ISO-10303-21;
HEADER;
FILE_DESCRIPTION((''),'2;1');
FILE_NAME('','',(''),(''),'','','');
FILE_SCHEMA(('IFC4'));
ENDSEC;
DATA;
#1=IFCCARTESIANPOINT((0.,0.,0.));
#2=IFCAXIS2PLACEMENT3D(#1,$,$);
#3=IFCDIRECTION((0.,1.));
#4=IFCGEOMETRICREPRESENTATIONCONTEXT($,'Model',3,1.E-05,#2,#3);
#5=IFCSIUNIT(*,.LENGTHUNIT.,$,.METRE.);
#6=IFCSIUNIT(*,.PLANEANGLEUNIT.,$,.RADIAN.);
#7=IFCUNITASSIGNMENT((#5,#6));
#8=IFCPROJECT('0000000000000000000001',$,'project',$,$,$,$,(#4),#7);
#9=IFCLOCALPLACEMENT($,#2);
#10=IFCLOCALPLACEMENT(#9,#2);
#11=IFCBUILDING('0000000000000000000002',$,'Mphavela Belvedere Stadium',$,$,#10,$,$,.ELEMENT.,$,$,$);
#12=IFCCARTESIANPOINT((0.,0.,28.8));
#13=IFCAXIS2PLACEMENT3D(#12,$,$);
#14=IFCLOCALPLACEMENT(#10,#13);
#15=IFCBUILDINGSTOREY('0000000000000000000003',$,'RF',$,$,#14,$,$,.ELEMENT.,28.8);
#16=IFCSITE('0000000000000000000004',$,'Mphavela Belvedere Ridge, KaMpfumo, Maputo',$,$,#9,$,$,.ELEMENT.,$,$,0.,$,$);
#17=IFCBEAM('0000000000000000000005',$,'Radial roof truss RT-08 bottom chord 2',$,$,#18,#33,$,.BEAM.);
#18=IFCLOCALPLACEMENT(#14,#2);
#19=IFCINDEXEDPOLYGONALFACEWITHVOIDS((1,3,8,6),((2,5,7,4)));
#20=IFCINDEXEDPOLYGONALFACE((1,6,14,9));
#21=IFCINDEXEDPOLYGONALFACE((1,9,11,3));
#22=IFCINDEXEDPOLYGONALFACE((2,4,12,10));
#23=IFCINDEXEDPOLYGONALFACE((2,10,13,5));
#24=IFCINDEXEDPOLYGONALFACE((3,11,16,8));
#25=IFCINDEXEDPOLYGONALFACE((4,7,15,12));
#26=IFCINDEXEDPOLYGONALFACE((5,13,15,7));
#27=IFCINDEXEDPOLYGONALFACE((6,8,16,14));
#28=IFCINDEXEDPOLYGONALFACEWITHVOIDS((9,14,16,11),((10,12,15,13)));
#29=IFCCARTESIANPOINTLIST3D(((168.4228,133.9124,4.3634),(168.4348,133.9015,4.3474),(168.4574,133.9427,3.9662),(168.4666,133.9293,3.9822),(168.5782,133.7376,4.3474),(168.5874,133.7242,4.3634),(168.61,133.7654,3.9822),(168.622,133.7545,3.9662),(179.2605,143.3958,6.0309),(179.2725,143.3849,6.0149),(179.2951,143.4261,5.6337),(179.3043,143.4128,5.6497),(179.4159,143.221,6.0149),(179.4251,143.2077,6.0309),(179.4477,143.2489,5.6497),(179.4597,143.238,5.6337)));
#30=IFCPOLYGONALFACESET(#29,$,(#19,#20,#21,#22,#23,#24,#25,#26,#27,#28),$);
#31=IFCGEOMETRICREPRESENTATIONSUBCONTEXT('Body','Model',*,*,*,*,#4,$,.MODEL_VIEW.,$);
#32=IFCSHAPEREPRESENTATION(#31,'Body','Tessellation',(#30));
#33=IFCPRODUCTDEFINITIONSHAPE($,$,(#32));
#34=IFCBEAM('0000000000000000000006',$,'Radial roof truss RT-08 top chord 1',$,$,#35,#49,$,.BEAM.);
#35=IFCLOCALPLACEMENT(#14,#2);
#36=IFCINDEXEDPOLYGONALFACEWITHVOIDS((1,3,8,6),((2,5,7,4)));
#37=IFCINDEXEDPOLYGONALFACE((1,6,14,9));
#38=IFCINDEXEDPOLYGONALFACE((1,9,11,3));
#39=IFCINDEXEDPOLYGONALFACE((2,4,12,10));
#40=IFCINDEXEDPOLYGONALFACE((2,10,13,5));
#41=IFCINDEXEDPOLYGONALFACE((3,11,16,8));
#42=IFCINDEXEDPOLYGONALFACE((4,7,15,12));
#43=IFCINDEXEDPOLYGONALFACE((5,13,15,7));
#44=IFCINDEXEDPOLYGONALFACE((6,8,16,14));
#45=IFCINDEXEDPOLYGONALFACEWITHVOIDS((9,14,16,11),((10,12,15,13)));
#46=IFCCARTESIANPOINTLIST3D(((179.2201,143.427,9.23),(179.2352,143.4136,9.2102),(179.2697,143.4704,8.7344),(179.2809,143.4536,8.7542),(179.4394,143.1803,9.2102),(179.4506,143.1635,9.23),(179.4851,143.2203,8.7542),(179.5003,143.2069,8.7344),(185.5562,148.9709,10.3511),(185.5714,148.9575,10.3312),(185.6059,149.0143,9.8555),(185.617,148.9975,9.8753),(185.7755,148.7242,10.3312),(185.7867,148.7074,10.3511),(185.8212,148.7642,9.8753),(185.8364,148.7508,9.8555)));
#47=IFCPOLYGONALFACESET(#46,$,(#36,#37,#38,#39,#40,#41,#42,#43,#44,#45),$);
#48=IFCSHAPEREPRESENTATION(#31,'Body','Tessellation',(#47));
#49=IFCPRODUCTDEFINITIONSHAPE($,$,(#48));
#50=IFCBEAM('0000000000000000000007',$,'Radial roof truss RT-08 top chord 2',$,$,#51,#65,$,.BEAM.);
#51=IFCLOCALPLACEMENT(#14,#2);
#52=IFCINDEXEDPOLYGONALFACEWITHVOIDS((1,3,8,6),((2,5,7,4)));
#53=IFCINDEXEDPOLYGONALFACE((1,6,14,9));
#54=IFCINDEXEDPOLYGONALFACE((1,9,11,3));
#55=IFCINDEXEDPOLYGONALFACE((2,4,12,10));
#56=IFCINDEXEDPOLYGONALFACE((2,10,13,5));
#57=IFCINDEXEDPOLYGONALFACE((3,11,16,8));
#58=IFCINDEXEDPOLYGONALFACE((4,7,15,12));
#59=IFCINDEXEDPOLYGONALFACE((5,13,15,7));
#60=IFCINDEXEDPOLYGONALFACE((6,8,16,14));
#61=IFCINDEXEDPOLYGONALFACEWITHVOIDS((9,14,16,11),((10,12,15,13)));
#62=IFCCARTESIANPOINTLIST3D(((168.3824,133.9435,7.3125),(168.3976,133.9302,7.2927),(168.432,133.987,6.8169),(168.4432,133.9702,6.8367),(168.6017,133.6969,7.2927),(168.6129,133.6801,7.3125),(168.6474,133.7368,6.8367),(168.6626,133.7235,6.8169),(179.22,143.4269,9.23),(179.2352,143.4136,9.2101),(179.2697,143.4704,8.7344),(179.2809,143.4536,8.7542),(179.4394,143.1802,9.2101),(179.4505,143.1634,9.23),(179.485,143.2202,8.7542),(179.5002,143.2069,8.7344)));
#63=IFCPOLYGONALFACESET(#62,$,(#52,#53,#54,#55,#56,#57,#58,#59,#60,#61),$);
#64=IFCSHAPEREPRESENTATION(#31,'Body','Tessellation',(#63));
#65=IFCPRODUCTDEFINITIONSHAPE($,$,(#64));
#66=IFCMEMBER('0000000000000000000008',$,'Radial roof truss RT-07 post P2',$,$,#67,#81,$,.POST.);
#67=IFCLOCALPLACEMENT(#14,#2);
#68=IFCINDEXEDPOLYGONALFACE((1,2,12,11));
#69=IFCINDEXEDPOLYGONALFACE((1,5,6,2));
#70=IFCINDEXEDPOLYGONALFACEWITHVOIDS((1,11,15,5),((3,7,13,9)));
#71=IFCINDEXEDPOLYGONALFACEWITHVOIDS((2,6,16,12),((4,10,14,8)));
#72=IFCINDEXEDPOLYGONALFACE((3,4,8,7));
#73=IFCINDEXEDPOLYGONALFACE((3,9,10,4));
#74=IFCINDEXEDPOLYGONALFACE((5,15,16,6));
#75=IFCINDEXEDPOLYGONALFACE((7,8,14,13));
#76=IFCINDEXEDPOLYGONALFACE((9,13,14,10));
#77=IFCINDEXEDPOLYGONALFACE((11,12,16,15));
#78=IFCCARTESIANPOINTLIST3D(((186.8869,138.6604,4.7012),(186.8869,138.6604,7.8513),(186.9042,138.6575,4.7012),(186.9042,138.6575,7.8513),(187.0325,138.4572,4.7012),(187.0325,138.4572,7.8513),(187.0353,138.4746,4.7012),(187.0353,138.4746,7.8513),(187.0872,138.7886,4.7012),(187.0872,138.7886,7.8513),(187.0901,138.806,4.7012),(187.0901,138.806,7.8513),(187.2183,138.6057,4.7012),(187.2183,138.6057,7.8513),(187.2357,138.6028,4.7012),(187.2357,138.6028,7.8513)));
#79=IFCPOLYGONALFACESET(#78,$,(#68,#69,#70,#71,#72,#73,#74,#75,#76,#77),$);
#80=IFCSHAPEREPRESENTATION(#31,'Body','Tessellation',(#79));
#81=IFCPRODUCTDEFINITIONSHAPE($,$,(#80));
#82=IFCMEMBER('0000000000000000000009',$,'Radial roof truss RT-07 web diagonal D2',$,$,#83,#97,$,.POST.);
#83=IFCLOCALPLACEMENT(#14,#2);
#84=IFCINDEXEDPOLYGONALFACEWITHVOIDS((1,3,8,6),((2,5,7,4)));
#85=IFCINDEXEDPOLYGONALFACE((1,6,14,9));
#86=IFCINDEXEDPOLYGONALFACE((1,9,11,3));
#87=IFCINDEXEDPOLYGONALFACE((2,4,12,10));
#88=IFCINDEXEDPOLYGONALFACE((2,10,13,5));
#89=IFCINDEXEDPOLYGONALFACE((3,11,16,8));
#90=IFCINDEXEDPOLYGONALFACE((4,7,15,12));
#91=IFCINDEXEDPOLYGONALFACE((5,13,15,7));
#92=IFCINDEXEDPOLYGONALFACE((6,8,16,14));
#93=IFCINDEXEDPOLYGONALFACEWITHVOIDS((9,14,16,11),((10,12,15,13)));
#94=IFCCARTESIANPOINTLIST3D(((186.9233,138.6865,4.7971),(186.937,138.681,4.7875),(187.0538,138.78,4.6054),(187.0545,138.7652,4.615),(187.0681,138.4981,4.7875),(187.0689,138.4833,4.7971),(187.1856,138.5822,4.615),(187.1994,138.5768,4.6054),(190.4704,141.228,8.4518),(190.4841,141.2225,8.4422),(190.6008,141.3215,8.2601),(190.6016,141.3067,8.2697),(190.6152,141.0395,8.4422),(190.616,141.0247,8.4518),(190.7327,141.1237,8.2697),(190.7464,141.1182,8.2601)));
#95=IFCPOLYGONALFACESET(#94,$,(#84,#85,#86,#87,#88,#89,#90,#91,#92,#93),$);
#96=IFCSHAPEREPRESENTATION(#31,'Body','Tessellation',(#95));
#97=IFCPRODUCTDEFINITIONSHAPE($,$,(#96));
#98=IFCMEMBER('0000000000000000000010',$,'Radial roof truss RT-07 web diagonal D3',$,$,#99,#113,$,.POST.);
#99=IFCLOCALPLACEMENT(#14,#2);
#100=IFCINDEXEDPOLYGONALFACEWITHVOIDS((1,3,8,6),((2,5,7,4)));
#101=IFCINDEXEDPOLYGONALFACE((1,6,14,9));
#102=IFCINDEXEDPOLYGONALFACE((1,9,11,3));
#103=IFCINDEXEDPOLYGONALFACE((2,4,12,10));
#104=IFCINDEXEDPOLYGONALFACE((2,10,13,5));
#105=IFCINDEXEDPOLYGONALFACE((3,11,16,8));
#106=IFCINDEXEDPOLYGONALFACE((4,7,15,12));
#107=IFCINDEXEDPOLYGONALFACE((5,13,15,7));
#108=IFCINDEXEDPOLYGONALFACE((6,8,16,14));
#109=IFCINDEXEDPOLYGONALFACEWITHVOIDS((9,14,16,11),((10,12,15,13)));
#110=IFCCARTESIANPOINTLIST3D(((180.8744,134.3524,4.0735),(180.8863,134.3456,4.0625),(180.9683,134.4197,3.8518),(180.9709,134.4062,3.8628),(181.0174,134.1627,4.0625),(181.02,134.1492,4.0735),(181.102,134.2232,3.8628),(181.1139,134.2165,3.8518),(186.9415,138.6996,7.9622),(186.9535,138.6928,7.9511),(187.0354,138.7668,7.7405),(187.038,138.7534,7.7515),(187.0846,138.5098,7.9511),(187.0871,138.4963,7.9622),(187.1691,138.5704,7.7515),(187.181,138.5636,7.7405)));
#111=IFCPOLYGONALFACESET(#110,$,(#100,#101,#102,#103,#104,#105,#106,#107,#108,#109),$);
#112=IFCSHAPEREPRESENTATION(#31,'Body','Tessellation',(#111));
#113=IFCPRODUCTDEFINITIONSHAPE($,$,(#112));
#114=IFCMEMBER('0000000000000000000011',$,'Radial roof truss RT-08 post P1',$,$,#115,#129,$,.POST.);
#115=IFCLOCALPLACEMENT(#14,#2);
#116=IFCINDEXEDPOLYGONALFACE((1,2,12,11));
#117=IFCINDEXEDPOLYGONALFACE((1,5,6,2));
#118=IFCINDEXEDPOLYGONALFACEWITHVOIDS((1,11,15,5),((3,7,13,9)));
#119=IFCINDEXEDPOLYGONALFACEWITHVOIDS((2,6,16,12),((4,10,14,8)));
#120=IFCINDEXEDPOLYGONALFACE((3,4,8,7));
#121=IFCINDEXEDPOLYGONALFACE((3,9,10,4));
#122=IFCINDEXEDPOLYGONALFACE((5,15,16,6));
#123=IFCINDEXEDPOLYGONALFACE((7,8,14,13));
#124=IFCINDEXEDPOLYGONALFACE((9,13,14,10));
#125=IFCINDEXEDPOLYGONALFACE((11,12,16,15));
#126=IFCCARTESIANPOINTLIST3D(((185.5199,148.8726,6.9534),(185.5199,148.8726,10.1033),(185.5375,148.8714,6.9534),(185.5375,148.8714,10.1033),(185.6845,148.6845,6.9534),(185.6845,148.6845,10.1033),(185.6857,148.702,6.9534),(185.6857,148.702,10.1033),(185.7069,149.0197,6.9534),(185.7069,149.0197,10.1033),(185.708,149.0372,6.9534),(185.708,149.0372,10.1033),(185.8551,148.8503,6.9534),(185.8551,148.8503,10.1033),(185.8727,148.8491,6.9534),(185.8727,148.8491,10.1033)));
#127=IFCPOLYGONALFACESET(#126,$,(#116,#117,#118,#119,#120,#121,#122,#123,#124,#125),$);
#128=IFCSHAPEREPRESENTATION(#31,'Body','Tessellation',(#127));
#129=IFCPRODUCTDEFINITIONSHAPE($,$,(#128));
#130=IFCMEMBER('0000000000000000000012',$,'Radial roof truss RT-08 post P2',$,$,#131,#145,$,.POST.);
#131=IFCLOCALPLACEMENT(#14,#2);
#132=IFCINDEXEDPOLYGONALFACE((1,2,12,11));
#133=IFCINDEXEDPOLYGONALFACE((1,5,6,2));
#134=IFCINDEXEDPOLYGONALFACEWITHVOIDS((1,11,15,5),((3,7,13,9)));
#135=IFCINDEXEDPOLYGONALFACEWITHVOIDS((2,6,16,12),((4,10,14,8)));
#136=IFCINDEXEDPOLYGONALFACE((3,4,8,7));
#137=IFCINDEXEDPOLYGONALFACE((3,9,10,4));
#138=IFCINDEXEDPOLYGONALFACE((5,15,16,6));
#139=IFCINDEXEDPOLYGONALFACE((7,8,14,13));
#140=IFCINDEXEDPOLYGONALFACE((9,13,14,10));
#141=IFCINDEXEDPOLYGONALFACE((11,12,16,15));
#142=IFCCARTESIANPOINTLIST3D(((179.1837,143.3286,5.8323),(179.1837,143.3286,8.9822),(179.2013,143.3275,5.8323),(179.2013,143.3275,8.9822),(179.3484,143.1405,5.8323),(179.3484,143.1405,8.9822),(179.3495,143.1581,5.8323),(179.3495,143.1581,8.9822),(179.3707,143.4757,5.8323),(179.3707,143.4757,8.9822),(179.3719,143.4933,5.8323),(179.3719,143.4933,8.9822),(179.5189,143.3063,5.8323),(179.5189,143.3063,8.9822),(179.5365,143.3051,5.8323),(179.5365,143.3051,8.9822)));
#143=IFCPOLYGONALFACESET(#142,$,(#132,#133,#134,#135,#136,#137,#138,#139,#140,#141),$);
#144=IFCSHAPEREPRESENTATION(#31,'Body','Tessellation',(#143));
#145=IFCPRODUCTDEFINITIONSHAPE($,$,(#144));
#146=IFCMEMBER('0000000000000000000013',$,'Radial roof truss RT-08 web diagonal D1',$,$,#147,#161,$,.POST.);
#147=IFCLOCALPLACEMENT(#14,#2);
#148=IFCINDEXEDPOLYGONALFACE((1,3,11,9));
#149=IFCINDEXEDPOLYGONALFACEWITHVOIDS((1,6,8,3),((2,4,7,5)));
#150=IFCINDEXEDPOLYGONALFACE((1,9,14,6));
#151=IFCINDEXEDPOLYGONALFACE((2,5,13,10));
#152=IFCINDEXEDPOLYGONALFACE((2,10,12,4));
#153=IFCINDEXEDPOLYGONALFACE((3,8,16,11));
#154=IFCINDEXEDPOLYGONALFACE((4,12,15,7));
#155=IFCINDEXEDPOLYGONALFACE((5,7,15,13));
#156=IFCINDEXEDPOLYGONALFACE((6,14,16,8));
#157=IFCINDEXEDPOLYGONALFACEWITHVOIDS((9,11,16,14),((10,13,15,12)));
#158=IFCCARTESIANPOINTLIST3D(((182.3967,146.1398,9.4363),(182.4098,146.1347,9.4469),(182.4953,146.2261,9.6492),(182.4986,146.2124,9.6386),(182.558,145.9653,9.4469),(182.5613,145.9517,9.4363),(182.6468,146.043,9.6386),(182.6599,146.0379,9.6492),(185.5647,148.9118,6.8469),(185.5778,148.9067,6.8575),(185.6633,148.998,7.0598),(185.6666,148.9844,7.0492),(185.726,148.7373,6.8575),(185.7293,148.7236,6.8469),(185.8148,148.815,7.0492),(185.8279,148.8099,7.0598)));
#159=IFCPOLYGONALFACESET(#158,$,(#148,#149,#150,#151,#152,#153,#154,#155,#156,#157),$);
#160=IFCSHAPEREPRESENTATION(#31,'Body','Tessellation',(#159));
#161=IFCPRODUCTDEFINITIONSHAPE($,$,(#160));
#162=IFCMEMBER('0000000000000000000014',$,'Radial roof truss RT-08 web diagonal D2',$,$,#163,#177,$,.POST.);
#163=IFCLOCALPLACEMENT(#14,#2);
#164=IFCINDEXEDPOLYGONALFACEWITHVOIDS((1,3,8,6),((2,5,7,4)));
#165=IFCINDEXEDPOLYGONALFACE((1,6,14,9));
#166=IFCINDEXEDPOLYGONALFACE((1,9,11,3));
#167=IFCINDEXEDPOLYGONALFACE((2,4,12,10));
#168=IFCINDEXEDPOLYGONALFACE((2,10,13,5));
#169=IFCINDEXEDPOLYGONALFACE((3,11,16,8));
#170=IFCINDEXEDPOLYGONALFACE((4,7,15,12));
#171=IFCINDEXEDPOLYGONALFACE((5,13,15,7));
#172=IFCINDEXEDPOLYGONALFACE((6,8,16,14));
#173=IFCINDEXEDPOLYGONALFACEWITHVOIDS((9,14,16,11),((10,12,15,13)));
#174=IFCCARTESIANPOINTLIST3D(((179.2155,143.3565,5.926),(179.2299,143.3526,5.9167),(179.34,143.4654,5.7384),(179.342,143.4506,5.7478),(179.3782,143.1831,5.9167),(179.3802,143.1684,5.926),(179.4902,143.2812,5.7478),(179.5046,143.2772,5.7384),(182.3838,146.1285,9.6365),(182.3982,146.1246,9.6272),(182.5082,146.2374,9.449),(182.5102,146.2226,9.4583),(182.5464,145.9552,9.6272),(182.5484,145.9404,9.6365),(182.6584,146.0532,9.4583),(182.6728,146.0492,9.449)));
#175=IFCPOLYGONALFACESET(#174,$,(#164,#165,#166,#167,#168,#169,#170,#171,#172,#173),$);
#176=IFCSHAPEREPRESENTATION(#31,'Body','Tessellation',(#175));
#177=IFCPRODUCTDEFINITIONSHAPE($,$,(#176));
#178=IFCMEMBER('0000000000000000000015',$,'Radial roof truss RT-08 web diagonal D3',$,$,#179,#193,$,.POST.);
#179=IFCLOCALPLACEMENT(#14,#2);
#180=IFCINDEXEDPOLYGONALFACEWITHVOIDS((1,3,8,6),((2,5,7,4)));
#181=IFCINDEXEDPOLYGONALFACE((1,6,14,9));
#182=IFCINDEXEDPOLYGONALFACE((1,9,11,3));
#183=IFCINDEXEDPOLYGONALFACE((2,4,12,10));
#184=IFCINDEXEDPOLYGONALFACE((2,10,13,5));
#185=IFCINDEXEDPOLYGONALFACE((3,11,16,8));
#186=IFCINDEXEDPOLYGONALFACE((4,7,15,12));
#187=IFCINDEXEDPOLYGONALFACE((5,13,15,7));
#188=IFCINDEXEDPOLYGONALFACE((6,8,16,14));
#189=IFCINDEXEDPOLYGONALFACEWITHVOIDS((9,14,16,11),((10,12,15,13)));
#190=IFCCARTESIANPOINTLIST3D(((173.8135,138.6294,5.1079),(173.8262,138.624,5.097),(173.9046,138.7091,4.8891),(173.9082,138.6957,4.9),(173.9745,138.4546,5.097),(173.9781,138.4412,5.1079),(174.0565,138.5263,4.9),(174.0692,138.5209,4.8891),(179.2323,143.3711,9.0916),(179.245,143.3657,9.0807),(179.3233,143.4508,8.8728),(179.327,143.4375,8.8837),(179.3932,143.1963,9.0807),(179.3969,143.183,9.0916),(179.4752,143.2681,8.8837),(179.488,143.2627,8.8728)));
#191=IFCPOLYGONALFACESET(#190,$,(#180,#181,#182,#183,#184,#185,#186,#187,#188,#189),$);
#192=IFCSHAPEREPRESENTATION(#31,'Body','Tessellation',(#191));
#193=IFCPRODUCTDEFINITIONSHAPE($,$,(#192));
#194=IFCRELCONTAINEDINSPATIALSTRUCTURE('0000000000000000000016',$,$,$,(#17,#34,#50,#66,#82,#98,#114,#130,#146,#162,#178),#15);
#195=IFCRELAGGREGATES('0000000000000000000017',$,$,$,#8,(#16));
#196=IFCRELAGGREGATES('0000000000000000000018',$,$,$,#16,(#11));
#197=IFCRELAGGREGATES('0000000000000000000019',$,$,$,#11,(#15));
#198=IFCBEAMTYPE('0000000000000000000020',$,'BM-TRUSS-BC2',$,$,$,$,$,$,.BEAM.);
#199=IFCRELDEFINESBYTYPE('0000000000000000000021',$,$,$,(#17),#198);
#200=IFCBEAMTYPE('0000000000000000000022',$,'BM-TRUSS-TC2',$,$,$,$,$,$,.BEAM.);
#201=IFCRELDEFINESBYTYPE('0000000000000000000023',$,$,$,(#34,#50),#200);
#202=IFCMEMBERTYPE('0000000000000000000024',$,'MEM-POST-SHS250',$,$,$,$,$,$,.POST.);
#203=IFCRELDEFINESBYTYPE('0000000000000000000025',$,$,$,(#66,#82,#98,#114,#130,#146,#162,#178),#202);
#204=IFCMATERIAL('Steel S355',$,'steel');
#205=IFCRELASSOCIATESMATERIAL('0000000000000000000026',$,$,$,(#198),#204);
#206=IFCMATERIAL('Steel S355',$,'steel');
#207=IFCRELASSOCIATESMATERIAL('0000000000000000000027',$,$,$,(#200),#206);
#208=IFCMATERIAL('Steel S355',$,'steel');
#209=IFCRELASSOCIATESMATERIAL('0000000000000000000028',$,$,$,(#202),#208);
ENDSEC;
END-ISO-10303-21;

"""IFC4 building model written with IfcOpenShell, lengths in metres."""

from ifc_helpers import new_model, si_unit, direction, frame, origin, origin_2d, place, context, subcontext, project, spatial, hollow_rectangle, extrude, material, material_profile, profile_set, type_object, element, save


model = new_model("IFC4")

# Units and contexts
model_context = context("Model", 3, precision=1e-05, world=origin(), true_north=direction((0.0, 1.0)))
body_context = subcontext(model_context, "Body", "Model", "MODEL_VIEW")
ifc_project = project(units=[si_unit("LENGTHUNIT", "METRE"), si_unit("PLANEANGLEUNIT", "RADIAN")], contexts=[model_context])

# Site, building, storey
site_placement = place(None, origin())
site = spatial("IfcSite", under=ifc_project, at=site_placement, Name="Mphavela Belvedere Ridge, KaMpfumo, Maputo", CompositionType="ELEMENT", RefElevation=0.0)
building_placement = place(site_placement, origin())
building = spatial("IfcBuilding", under=site, at=building_placement, Name="Mphavela Belvedere Stadium", CompositionType="ELEMENT")
storey_placement = place(building_placement, frame((0.0, 0.0, 28.8)))
storey = spatial("IfcBuildingStorey", under=building, at=storey_placement, Name="RF", CompositionType="ELEMENT", Elevation=28.8)

# Beams
ifc_material_1 = material(Name="Steel S355", Category="steel")
ifc_material_profile_1 = material_profile(ifc_material_1, hollow_rectangle(XDim=0.25, YDim=0.3999, WallThickness=0.0161, at=origin_2d()), Name="RHS 400x250x16")
ifc_profile_set_1 = profile_set([ifc_material_profile_1], Name="Steel S355")
beam_type_1 = type_object("IfcBeamType", Name="BM-TRUSS-BC2", PredefinedType="BEAM", material=ifc_profile_set_1)
beam_1_placement = place(storey_placement, frame((179.3601, 143.3169, 5.8323), z_axis=(-0.747566, -0.654152, -0.115021), x_axis=(0.658523, -0.752561, 0.0)))
element("IfcBeam", 1, at=beam_1_placement, inside=storey, type_object=beam_type_1, Name="Radial roof truss RT-08 bottom chord 2", PredefinedType="BEAM", context=body_context, shape_type="SweptSolid", body=[
    extrude(hollow_rectangle(XDim=0.25, YDim=0.3999, WallThickness=0.0161, at=origin_2d()), origin(), (0.0, 0.0, 1.0), 14.4973),
])
ifc_material_2 = material(Name="Steel S355", Category="steel")
ifc_material_profile_2 = material_profile(ifc_material_2, hollow_rectangle(XDim=0.3501, YDim=0.5, WallThickness=0.02, at=origin_2d()), Name="RHS 500x350x20")
ifc_profile_set_2 = profile_set([ifc_material_profile_2], Name="Steel S355")
beam_type_2 = type_object("IfcBeamType", Name="BM-TRUSS-TC2", PredefinedType="BEAM", material=ifc_profile_set_2)
beam_2_placement = place(storey_placement, frame((185.6963, 148.8608, 10.1033), z_axis=(-0.746004, -0.652729, -0.131994), x_axis=(0.65849, -0.752589, 0.0)))
element("IfcBeam", 2, at=beam_2_placement, inside=storey, type_object=beam_type_2, Name="Radial roof truss RT-08 top chord 1", PredefinedType="BEAM", context=body_context, shape_type="SweptSolid", body=[
    extrude(hollow_rectangle(XDim=0.3501, YDim=0.5, WallThickness=0.02, at=origin_2d()), origin(), (0.0, 0.0, 1.0), 8.4934),
])
beam_3_placement = place(storey_placement, frame((179.3601, 143.3169, 8.9822), z_axis=(-0.745977, -0.652762, -0.131984), x_axis=(0.658523, -0.752561, 0.0)))
element("IfcBeam", 3, at=beam_3_placement, inside=storey, type_object=beam_type_2, Name="Radial roof truss RT-08 top chord 2", PredefinedType="BEAM", context=body_context, shape_type="SweptSolid", body=[
    extrude(hollow_rectangle(XDim=0.3501, YDim=0.5, WallThickness=0.02, at=origin_2d()), origin(), (0.0, 0.0, 1.0), 14.5281),
])

# Members
ifc_material_3 = material(Name="Steel S355", Category="steel")
ifc_material_profile_3 = material_profile(ifc_material_3, hollow_rectangle(XDim=0.25, YDim=0.25, WallThickness=0.0125, at=origin_2d()), Name="SHS 250x250x12.5")
ifc_profile_set_3 = profile_set([ifc_material_profile_3], Name="Steel S355")
member_type_1 = type_object("IfcMemberType", Name="MEM-POST-SHS250", PredefinedType="POST", material=ifc_profile_set_3)
member_1_placement = place(storey_placement, frame((187.0613, 138.6316, 4.7012), z_axis=(0.0, 0.0, 1.0), x_axis=(0.812898, 0.582407, 0.0)))
element("IfcMember", 4, at=member_1_placement, inside=storey, type_object=member_type_1, Name="Radial roof truss RT-07 post P2", PredefinedType="POST", context=body_context, shape_type="SweptSolid", body=[
    extrude(hollow_rectangle(XDim=0.25, YDim=0.25, WallThickness=0.0125, at=origin_2d()), origin(), (0.0, 0.0, 1.0), 3.1501),
])
member_2_placement = place(storey_placement, frame((190.6084, 141.1731, 8.356), z_axis=(-0.623177, -0.446505, -0.642093), x_axis=(0.582428, -0.812882, 0.0)))
element("IfcMember", 5, at=member_2_placement, inside=storey, type_object=member_type_1, Name="Radial roof truss RT-07 web diagonal D2", PredefinedType="POST", context=body_context, shape_type="SweptSolid", body=[
    extrude(hollow_rectangle(XDim=0.25, YDim=0.25, WallThickness=0.0125, at=origin_2d()), origin(), (0.0, 0.0, 1.0), 5.6919),
])
member_3_placement = place(storey_placement, frame((187.0613, 138.6316, 7.8513), z_axis=(-0.720901, -0.516533, -0.462055), x_axis=(0.582435, -0.812877, 0.0)))
element("IfcMember", 6, at=member_3_placement, inside=storey, type_object=member_type_1, Name="Radial roof truss RT-07 web diagonal D3", PredefinedType="POST", context=body_context, shape_type="SweptSolid", body=[
    extrude(hollow_rectangle(XDim=0.25, YDim=0.25, WallThickness=0.0125, at=origin_2d()), origin(), (0.0, 0.0, 1.0), 8.416),
])
for number, where, z_axis, x_axis, name in (
    (7, (185.6963, 148.8608, 6.9534), (0.0, 0.0, 1.0), (0.75253, 0.658558, 0.0), "Radial roof truss RT-08 post P1"),
    (8, (179.3601, 143.3169, 5.8323), (0.0, 0.0, 1.0), (0.75253, 0.658558, 0.0), "Radial roof truss RT-08 post P2"),
):
    element("IfcMember", number, at=place(storey_placement, frame(where, z_axis=z_axis, x_axis=x_axis)), inside=storey, type_object=member_type_1, Name=name, PredefinedType="POST", context=body_context, shape_type="SweptSolid", body=[
        extrude(hollow_rectangle(XDim=0.25, YDim=0.25, WallThickness=0.0125, at=origin_2d()), origin(), (0.0, 0.0, 1.0), 3.1499),
    ])
member_4_placement = place(storey_placement, frame((185.6963, 148.8608, 6.9534), z_axis=(-0.641013, -0.560887, 0.523935), x_axis=(0.658505, -0.752577, 0.0)))
element("IfcMember", 9, at=member_4_placement, inside=storey, type_object=member_type_1, Name="Radial roof truss RT-08 web diagonal D1", PredefinedType="POST", context=body_context, shape_type="SweptSolid", body=[
    extrude(hollow_rectangle(XDim=0.25, YDim=0.25, WallThickness=0.0125, at=origin_2d()), origin(), (0.0, 0.0, 1.0), 4.9421),
])
member_5_placement = place(storey_placement, frame((182.5283, 146.0889, 9.5427), z_axis=(-0.564594, -0.493981, -0.661223), x_axis=(0.658476, -0.752602, 0.0)))
element("IfcMember", 10, at=member_5_placement, inside=storey, type_object=member_type_1, Name="Radial roof truss RT-08 web diagonal D2", PredefinedType="POST", context=body_context, shape_type="SweptSolid", body=[
    extrude(hollow_rectangle(XDim=0.25, YDim=0.25, WallThickness=0.0125, at=origin_2d()), origin(), (0.0, 0.0, 1.0), 5.6116),
])
member_6_placement = place(storey_placement, frame((179.3601, 143.3169, 8.9822), z_axis=(-0.658493, -0.576222, -0.484102), x_axis=(0.658531, -0.752554, 0.0)))
element("IfcMember", 11, at=member_6_placement, inside=storey, type_object=member_type_1, Name="Radial roof truss RT-08 web diagonal D3", PredefinedType="POST", context=body_context, shape_type="SweptSolid", body=[
    extrude(hollow_rectangle(XDim=0.25, YDim=0.25, WallThickness=0.0125, at=origin_2d()), origin(), (0.0, 0.0, 1.0), 8.229),
])

save(model, "model.ifc")
